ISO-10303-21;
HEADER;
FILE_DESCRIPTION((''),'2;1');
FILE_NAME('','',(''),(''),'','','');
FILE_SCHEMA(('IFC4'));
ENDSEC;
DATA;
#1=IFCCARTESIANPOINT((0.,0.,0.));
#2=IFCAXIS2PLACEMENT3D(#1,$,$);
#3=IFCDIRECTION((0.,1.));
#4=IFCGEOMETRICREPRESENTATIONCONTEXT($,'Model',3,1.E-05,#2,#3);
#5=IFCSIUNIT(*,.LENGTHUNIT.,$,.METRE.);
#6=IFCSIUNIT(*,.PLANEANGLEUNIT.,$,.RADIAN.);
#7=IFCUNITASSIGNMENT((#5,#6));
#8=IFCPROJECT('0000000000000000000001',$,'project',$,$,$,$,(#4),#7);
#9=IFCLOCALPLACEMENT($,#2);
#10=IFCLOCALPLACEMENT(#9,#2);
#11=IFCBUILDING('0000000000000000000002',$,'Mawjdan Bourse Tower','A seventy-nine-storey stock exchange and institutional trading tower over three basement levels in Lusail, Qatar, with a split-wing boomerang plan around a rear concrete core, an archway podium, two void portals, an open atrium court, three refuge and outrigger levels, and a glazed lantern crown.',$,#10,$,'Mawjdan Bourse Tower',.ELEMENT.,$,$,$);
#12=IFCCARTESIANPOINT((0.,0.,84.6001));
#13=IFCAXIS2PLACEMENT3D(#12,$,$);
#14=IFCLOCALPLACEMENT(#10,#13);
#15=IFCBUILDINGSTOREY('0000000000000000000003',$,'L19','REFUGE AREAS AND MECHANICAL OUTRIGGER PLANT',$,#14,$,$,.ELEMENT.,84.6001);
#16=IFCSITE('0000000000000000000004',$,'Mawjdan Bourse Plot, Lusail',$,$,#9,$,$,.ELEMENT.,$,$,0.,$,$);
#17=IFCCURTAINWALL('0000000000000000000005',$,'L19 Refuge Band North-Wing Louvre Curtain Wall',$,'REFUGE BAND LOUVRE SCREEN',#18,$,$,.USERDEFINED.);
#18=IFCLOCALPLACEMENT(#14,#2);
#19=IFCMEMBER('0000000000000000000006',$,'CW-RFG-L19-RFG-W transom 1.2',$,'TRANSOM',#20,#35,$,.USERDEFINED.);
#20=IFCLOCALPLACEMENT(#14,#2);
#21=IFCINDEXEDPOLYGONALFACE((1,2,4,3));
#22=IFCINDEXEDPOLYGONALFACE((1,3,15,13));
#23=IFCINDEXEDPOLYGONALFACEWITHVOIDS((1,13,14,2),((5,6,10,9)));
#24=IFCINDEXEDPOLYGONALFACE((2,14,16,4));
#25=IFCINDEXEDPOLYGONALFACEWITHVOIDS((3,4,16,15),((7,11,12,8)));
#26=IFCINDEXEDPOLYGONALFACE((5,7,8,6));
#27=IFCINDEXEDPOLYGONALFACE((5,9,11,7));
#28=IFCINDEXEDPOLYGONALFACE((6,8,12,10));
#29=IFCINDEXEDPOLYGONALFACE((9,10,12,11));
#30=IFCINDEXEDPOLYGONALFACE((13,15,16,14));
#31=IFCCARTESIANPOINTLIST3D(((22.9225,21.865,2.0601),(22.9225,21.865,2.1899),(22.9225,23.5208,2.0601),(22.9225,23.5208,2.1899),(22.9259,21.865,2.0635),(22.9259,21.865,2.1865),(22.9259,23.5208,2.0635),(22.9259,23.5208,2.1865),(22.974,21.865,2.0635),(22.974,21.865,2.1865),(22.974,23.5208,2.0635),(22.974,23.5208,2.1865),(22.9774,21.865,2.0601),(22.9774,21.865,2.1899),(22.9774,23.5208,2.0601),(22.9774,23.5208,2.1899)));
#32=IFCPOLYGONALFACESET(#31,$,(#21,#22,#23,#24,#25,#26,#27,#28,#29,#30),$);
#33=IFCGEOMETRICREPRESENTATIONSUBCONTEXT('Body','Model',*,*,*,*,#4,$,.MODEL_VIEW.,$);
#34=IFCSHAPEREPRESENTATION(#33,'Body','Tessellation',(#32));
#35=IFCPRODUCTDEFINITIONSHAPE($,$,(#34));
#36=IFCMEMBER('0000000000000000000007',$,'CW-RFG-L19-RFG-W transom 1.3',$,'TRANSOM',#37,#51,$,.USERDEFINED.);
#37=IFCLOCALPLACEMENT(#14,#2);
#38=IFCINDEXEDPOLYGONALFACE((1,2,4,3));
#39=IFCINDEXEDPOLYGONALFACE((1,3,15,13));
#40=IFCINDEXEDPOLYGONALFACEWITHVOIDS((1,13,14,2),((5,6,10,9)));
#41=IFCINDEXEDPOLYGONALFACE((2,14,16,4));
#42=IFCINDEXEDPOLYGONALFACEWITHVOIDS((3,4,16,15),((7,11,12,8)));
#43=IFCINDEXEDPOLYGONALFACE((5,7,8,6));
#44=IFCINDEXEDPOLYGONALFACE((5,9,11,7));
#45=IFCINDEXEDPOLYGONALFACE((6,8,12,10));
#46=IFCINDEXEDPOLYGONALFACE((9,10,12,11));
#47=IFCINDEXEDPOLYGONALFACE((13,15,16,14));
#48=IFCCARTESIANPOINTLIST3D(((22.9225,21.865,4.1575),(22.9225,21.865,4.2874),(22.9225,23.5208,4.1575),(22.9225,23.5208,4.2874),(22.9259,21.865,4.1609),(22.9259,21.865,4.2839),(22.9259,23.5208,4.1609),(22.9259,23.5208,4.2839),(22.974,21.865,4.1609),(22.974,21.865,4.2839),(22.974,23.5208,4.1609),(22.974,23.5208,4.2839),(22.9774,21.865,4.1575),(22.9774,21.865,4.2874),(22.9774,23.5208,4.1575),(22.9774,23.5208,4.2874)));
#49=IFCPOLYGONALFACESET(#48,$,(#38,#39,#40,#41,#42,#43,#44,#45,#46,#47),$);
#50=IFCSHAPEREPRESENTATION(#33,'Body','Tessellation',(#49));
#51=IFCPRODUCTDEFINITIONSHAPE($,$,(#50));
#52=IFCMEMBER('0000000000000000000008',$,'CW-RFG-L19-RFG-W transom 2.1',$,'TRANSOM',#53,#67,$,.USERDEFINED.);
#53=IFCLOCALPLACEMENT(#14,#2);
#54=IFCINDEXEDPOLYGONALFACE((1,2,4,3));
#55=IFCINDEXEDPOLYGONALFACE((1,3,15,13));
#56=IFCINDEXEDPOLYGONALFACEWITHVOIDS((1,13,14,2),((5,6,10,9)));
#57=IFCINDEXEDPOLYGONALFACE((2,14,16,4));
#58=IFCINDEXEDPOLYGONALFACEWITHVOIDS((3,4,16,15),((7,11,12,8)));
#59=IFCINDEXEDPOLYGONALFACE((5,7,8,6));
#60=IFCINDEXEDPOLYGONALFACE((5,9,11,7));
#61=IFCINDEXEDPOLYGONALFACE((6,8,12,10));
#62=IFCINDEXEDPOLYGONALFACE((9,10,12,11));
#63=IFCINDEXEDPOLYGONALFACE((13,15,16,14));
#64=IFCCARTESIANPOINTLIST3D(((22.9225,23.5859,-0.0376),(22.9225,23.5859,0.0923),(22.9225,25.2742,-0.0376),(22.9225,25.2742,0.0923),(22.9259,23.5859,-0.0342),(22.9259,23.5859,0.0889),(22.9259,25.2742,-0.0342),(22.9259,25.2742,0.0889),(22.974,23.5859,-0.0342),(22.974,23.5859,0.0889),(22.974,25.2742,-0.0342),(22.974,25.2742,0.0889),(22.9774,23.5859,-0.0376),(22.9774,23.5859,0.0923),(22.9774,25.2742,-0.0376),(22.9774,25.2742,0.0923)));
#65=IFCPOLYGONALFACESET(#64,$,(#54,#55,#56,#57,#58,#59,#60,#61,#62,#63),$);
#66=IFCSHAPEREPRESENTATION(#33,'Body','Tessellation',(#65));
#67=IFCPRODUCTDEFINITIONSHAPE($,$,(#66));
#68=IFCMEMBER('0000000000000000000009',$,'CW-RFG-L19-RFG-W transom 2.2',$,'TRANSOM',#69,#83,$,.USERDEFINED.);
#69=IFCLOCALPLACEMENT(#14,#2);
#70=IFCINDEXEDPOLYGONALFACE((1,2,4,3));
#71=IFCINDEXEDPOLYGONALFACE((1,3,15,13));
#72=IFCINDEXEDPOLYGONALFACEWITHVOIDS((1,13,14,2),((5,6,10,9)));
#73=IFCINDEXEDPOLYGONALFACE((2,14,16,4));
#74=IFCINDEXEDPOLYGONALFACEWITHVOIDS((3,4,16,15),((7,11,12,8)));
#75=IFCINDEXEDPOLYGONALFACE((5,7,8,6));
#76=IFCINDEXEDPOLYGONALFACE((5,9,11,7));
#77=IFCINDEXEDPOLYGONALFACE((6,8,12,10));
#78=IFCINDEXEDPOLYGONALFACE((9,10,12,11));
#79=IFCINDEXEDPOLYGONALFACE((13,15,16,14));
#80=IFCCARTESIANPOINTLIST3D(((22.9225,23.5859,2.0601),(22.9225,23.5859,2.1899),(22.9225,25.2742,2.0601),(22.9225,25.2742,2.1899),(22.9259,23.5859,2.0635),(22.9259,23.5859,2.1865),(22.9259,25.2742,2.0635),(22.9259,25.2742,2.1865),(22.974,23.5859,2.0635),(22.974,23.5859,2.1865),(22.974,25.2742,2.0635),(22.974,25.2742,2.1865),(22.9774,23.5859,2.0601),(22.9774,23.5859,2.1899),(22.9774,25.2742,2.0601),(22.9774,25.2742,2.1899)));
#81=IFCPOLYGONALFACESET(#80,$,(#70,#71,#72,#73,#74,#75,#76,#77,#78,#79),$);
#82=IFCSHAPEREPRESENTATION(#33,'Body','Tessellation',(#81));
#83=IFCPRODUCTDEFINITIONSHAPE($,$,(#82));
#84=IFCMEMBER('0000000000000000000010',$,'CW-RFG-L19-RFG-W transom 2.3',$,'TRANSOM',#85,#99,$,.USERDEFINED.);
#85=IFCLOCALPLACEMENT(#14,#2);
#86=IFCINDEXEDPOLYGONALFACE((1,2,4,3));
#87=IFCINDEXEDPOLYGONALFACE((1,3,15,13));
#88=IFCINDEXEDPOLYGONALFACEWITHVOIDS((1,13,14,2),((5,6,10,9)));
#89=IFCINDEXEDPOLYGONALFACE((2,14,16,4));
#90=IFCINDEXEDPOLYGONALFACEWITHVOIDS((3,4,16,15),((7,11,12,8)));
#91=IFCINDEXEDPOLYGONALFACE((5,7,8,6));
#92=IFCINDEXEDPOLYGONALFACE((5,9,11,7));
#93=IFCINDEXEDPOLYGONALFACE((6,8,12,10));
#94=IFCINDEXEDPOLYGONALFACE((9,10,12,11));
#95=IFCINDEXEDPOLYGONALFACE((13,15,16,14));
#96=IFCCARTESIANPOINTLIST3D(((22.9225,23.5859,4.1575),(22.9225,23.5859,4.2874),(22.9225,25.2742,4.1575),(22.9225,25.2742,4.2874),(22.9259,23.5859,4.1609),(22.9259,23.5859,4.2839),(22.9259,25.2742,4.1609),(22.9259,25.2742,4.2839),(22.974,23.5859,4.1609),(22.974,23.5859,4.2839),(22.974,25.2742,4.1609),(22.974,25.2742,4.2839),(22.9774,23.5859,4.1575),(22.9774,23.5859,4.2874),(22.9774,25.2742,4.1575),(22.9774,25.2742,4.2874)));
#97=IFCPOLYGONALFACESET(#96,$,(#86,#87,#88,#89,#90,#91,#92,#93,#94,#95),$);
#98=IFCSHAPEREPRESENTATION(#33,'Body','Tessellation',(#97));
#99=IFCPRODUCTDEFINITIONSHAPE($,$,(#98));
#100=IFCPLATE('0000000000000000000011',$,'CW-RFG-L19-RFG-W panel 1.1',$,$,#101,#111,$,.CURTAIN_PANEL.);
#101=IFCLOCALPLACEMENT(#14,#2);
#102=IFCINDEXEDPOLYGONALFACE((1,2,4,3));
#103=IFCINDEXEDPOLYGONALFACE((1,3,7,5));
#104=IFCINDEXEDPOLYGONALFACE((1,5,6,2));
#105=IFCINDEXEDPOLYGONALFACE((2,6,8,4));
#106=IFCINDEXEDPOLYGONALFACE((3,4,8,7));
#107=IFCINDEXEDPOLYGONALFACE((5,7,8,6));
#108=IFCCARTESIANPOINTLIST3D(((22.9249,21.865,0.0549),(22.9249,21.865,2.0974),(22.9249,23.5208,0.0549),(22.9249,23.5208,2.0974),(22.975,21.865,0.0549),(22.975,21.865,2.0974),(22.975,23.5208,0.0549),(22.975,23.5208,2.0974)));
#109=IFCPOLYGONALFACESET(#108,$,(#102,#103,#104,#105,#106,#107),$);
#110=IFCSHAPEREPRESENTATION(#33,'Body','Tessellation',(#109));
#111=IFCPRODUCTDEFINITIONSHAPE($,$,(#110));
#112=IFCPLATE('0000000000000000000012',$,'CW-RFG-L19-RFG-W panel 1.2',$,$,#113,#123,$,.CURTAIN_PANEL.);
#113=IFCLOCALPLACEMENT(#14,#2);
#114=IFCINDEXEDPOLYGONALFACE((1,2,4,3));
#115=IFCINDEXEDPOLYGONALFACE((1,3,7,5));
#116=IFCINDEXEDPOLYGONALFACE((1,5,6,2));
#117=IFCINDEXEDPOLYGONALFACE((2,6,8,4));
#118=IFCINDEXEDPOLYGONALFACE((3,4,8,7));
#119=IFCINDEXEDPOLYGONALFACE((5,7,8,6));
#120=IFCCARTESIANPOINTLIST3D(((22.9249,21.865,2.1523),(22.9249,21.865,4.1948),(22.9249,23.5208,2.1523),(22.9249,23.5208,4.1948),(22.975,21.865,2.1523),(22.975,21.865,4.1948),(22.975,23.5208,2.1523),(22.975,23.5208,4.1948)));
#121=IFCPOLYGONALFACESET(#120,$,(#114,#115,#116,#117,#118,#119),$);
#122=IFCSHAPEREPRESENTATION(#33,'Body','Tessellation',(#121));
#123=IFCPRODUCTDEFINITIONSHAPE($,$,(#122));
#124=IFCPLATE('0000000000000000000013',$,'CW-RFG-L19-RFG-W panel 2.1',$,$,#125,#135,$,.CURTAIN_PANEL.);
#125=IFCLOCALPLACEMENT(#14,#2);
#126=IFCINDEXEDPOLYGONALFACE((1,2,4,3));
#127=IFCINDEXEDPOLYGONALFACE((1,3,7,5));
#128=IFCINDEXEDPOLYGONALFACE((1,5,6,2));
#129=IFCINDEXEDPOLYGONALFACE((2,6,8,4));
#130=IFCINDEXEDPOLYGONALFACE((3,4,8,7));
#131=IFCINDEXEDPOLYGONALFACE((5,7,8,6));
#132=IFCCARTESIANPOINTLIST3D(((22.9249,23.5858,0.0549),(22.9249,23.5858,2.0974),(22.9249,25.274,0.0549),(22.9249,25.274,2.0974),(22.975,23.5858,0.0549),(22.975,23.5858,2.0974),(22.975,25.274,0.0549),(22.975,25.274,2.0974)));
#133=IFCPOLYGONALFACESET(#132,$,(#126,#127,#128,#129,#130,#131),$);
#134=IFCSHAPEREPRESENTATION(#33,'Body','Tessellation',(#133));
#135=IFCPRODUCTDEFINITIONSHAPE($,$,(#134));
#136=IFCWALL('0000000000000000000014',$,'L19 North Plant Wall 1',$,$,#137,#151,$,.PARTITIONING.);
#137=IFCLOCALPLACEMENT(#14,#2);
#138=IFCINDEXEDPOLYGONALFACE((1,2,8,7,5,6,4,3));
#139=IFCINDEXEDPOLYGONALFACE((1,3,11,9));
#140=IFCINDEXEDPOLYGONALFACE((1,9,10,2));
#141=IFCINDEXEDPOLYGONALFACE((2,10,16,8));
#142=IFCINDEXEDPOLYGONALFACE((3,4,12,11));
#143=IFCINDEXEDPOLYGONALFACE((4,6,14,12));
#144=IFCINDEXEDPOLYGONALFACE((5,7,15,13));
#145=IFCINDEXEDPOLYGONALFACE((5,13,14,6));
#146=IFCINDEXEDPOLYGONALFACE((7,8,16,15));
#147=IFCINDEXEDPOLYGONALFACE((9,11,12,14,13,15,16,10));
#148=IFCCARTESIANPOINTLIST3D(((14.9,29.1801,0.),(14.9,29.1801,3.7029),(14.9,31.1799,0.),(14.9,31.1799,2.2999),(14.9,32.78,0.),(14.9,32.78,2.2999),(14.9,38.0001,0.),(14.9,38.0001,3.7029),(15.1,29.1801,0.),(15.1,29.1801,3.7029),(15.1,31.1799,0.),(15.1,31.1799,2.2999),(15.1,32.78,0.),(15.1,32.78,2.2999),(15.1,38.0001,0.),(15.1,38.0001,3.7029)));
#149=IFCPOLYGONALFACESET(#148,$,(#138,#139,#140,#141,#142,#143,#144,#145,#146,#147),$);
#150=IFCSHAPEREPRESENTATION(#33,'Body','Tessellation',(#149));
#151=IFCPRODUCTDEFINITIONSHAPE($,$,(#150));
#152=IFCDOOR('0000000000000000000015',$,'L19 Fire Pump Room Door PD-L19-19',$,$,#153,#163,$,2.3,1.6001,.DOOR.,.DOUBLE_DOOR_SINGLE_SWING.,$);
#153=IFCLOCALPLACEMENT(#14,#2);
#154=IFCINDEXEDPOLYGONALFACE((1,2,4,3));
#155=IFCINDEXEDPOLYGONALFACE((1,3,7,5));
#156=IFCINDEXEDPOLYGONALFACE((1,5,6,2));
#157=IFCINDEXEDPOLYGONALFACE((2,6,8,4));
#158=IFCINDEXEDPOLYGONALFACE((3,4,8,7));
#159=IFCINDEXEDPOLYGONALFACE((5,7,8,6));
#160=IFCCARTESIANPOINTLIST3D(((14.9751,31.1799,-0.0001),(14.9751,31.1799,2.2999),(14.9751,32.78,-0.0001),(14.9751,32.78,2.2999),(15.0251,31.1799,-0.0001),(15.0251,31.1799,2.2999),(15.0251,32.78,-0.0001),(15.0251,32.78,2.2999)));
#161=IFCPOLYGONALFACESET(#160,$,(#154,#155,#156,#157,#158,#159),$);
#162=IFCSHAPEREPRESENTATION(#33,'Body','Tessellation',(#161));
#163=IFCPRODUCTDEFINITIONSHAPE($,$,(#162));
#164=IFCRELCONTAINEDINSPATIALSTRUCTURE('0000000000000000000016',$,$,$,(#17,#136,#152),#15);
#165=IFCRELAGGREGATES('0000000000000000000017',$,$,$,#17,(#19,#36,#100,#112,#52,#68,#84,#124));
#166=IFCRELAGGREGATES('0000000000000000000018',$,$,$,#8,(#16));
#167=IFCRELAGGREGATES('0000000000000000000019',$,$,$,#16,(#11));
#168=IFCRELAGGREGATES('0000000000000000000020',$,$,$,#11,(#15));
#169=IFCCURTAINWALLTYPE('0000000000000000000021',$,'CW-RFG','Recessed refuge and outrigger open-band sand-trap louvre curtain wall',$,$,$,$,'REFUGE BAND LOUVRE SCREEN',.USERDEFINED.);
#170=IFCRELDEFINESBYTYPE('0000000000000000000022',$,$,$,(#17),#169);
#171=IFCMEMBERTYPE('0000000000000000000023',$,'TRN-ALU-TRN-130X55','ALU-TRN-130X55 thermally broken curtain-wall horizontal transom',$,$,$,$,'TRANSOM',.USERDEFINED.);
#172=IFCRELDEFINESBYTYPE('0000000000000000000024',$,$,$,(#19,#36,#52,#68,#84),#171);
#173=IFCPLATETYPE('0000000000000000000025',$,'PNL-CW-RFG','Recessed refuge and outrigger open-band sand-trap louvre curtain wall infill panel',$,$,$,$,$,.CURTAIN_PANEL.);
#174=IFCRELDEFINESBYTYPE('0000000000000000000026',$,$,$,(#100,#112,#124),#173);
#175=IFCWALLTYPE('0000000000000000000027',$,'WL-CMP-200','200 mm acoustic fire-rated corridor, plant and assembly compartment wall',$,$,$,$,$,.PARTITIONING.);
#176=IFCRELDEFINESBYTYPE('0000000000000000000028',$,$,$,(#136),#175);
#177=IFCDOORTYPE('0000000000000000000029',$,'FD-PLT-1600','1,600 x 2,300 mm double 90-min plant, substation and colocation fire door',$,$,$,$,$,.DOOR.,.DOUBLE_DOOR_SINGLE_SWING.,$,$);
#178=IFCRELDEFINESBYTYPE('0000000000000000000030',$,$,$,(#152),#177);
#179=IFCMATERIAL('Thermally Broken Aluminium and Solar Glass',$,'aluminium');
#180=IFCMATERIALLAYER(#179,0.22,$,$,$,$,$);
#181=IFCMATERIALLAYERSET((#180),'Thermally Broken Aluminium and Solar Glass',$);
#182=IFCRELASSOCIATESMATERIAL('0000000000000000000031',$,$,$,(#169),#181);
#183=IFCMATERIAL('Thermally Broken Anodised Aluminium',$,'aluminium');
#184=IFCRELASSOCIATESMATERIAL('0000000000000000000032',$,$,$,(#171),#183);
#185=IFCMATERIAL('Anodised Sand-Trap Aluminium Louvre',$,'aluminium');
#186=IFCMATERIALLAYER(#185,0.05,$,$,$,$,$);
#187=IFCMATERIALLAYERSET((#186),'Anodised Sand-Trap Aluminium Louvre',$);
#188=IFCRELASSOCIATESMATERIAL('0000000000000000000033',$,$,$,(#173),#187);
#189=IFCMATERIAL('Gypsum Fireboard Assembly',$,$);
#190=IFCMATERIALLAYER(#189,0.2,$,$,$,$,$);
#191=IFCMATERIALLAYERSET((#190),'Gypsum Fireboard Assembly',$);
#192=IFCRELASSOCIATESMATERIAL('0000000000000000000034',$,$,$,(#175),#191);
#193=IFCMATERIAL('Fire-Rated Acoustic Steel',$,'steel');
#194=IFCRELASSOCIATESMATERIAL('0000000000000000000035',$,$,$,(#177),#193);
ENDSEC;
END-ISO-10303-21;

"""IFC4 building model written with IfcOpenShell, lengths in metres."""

from ifc_helpers import new_model, si_unit, direction, frame, frame_2d, origin, origin_2d, place, context, subcontext, project, spatial, rectangle, hollow_rectangle, extrude, material, layer, layer_set, material_profile, profile_set, type_object, element, fill, aggregate, save


model = new_model("IFC4")

# Units and contexts
model_context = context("Model", 3, precision=1e-05, world=origin(), true_north=direction((0.0, 1.0)))
body_context = subcontext(model_context, "Body", "Model", "MODEL_VIEW")
ifc_project = project(units=[si_unit("LENGTHUNIT", "METRE"), si_unit("PLANEANGLEUNIT", "RADIAN")], contexts=[model_context])

# Site, building, storey
site_placement = place(None, origin())
site = spatial("IfcSite", under=ifc_project, at=site_placement, Name="Mawjdan Bourse Plot, Lusail", CompositionType="ELEMENT", RefElevation=0.0)
building_placement = place(site_placement, origin())
building = spatial("IfcBuilding", under=site, at=building_placement, Name="Mawjdan Bourse Tower", Description="A seventy-nine-storey stock exchange and institutional trading tower over three basement levels in Lusail, Qatar, with a split-wing boomerang plan around a rear concrete core, an archway podium, two void portals, an open atrium court, three refuge and outrigger levels, and a glazed lantern crown.", LongName="Mawjdan Bourse Tower", CompositionType="ELEMENT")
storey_placement = place(building_placement, frame((0.0, 0.0, 84.6001)))
storey = spatial("IfcBuildingStorey", under=building, at=storey_placement, Name="L19", Description="REFUGE AREAS AND MECHANICAL OUTRIGGER PLANT", CompositionType="ELEMENT", Elevation=84.6001)

# Curtain wall, members, plates
ifc_material_1 = material(Name="Thermally Broken Aluminium and Solar Glass", Category="aluminium")
ifc_layer_1 = layer(ifc_material_1, 0.22)
ifc_layer_set_1 = layer_set([ifc_layer_1], Name="Thermally Broken Aluminium and Solar Glass")
curtain_wall_type = type_object("IfcCurtainWallType", Name="CW-RFG", Description="Recessed refuge and outrigger open-band sand-trap louvre curtain wall", ElementType="REFUGE BAND LOUVRE SCREEN", PredefinedType="USERDEFINED", material=ifc_layer_set_1)
curtain_wall_placement = place(storey_placement, origin())
curtain_wall = element("IfcCurtainWall", 1, at=curtain_wall_placement, inside=storey, type_object=curtain_wall_type, Name="L19 Refuge Band North-Wing Louvre Curtain Wall", ObjectType="REFUGE BAND LOUVRE SCREEN", PredefinedType="USERDEFINED")
ifc_material_2 = material(Name="Thermally Broken Anodised Aluminium", Category="aluminium")
ifc_material_profile_1 = material_profile(ifc_material_2, hollow_rectangle(XDim=0.0549, YDim=0.1299, WallThickness=0.0034, at=origin_2d()), Name="ALU-TRN-130X55")
ifc_profile_set_1 = profile_set([ifc_material_profile_1], Name="Thermally Broken Anodised Aluminium")
member_type_1 = type_object("IfcMemberType", Name="TRN-ALU-TRN-130X55", Description="ALU-TRN-130X55 thermally broken curtain-wall horizontal transom", ElementType="TRANSOM", PredefinedType="USERDEFINED", material=ifc_profile_set_1)
member_1_placement = place(storey_placement, frame((22.95, 21.865, 2.125), z_axis=(0.0, 1.0, 0.0), x_axis=(-1.0, 0.0, 0.0)))
member_1 = element("IfcMember", 2, at=member_1_placement, type_object=member_type_1, Name="CW-RFG-L19-RFG-W transom 1.2", ObjectType="TRANSOM", PredefinedType="USERDEFINED", context=body_context, shape_type="SweptSolid", body=[
    extrude(hollow_rectangle(XDim=0.0549, YDim=0.1299, WallThickness=0.0034, at=origin_2d()), origin(), (0.0, 0.0, 1.0), 1.6558),
])
member_2_placement = place(storey_placement, frame((22.95, 21.865, 4.2224), z_axis=(0.0, 1.0, 0.0), x_axis=(-1.0, 0.0, 0.0)))
member_2 = element("IfcMember", 3, at=member_2_placement, type_object=member_type_1, Name="CW-RFG-L19-RFG-W transom 1.3", ObjectType="TRANSOM", PredefinedType="USERDEFINED", context=body_context, shape_type="SweptSolid", body=[
    extrude(hollow_rectangle(XDim=0.0549, YDim=0.1299, WallThickness=0.0034, at=origin_2d()), origin(), (0.0, 0.0, 1.0), 1.6558),
])
member_3_placement = place(storey_placement, frame((22.95, 23.5859, 0.0273), z_axis=(0.0, 1.0, 0.0), x_axis=(-1.0, 0.0, 0.0)))
member_3 = element("IfcMember", 4, at=member_3_placement, type_object=member_type_1, Name="CW-RFG-L19-RFG-W transom 2.1", ObjectType="TRANSOM", PredefinedType="USERDEFINED", context=body_context, shape_type="SweptSolid", body=[
    extrude(hollow_rectangle(XDim=0.0549, YDim=0.1299, WallThickness=0.0034, at=origin_2d()), origin(), (0.0, 0.0, 1.0), 1.6882),
])
member_4_placement = place(storey_placement, frame((22.95, 23.5859, 2.125), z_axis=(0.0, 1.0, 0.0), x_axis=(-1.0, 0.0, 0.0)))
member_4 = element("IfcMember", 5, at=member_4_placement, type_object=member_type_1, Name="CW-RFG-L19-RFG-W transom 2.2", ObjectType="TRANSOM", PredefinedType="USERDEFINED", context=body_context, shape_type="SweptSolid", body=[
    extrude(hollow_rectangle(XDim=0.0549, YDim=0.1299, WallThickness=0.0034, at=origin_2d()), origin(), (0.0, 0.0, 1.0), 1.6882),
])
member_5_placement = place(storey_placement, frame((22.95, 23.5859, 4.2224), z_axis=(0.0, 1.0, 0.0), x_axis=(-1.0, 0.0, 0.0)))
member_5 = element("IfcMember", 6, at=member_5_placement, type_object=member_type_1, Name="CW-RFG-L19-RFG-W transom 2.3", ObjectType="TRANSOM", PredefinedType="USERDEFINED", context=body_context, shape_type="SweptSolid", body=[
    extrude(hollow_rectangle(XDim=0.0549, YDim=0.1299, WallThickness=0.0034, at=origin_2d()), origin(), (0.0, 0.0, 1.0), 1.6882),
])
ifc_material_3 = material(Name="Anodised Sand-Trap Aluminium Louvre", Category="aluminium")
ifc_layer_2 = layer(ifc_material_3, 0.05)
ifc_layer_set_2 = layer_set([ifc_layer_2], Name="Anodised Sand-Trap Aluminium Louvre")
plate_type = type_object("IfcPlateType", Name="PNL-CW-RFG", Description="Recessed refuge and outrigger open-band sand-trap louvre curtain wall infill panel", PredefinedType="CURTAIN_PANEL", material=ifc_layer_set_2)
plate_1_placement = place(storey_placement, frame((22.95, 22.6929, 0.0549), z_axis=(0.0, 0.0, 1.0), x_axis=(0.0, 1.0, 0.0)))
plate_1 = element("IfcPlate", 7, at=plate_1_placement, type_object=plate_type, Name="CW-RFG-L19-RFG-W panel 1.1", PredefinedType="CURTAIN_PANEL", context=body_context, shape_type="SweptSolid", body=[
    extrude(rectangle(XDim=1.6558, YDim=0.05, at=origin_2d()), origin(), (0.0, 0.0, 1.0), 2.0425),
])
plate_2_placement = place(storey_placement, frame((22.95, 22.6929, 2.1523), z_axis=(0.0, 0.0, 1.0), x_axis=(0.0, 1.0, 0.0)))
plate_2 = element("IfcPlate", 8, at=plate_2_placement, type_object=plate_type, Name="CW-RFG-L19-RFG-W panel 1.2", PredefinedType="CURTAIN_PANEL", context=body_context, shape_type="SweptSolid", body=[
    extrude(rectangle(XDim=1.6558, YDim=0.05, at=origin_2d()), origin(), (0.0, 0.0, 1.0), 2.0425),
])
plate_3_placement = place(storey_placement, frame((22.95, 24.4299, 0.0549), z_axis=(0.0, 0.0, 1.0), x_axis=(0.0, 1.0, 0.0)))
plate_3 = element("IfcPlate", 9, at=plate_3_placement, type_object=plate_type, Name="CW-RFG-L19-RFG-W panel 2.1", PredefinedType="CURTAIN_PANEL", context=body_context, shape_type="SweptSolid", body=[
    extrude(rectangle(XDim=1.6882, YDim=0.05, at=origin_2d()), origin(), (0.0, 0.0, 1.0), 2.0425),
])
aggregate(curtain_wall, [member_1, member_2, plate_1, plate_2, member_3, member_4, member_5, plate_3])

# Wall, opening, door
ifc_material_4 = material(Name="Gypsum Fireboard Assembly")
ifc_layer_3 = layer(ifc_material_4, 0.2)
ifc_layer_set_3 = layer_set([ifc_layer_3], Name="Gypsum Fireboard Assembly")
wall_type = type_object("IfcWallType", Name="WL-CMP-200", Description="200 mm acoustic fire-rated corridor, plant and assembly compartment wall", PredefinedType="PARTITIONING", material=ifc_layer_set_3)
wall_placement = place(storey_placement, frame((15.0, 29.1799, 0.0), z_axis=(0.0, 0.0, 1.0), x_axis=(0.0, 1.0, 0.0)))
wall = element("IfcWall", 10, at=wall_placement, inside=storey, type_object=wall_type, Name="L19 North Plant Wall 1", PredefinedType="PARTITIONING", context=body_context, shape_type="SweptSolid", body=[
    extrude(rectangle(XDim=8.8201, YDim=0.2, at=frame_2d((4.4102, 0.0))), origin(), (0.0, 0.0, 1.0), 3.7029),
])
opening_placement = place(wall_placement, frame((2.0, 0.0, 0.0)))
opening = element("IfcOpeningElement", 11, at=opening_placement, cuts=wall, PredefinedType="OPENING", context=body_context, shape_type="SweptSolid", body=[
    extrude(rectangle(XDim=1.6001, YDim=2.3, at=frame_2d((0.8, 1.1499))), frame((0.0, 0.1099, 0.0), z_axis=(0.0, -1.0, 0.0), x_axis=(1.0, 0.0, 0.0)), (0.0, 0.0, 1.0), 0.22),
])
ifc_material_5 = material(Name="Fire-Rated Acoustic Steel", Category="steel")
door_type = type_object("IfcDoorType", Name="FD-PLT-1600", Description="1,600 x 2,300 mm double 90-min plant, substation and colocation fire door", OperationType="DOUBLE_DOOR_SINGLE_SWING", PredefinedType="DOOR", material=ifc_material_5)
door_placement = place(opening_placement, origin())
door = element("IfcDoor", 12, at=door_placement, inside=storey, type_object=door_type, Name="L19 Fire Pump Room Door PD-L19-19", OperationType="DOUBLE_DOOR_SINGLE_SWING", OverallHeight=2.3, OverallWidth=1.6001, PredefinedType="DOOR", context=body_context, shape_type="SweptSolid", body=[
    extrude(rectangle(XDim=1.6001, YDim=2.3, at=frame_2d((0.8, 1.1499))), frame((0.0, 0.0249, 0.0), z_axis=(0.0, -1.0, 0.0), x_axis=(1.0, 0.0, 0.0)), (0.0, 0.0, 1.0), 0.05),
])
fill(opening, door)

save(model, "model.ifc")
